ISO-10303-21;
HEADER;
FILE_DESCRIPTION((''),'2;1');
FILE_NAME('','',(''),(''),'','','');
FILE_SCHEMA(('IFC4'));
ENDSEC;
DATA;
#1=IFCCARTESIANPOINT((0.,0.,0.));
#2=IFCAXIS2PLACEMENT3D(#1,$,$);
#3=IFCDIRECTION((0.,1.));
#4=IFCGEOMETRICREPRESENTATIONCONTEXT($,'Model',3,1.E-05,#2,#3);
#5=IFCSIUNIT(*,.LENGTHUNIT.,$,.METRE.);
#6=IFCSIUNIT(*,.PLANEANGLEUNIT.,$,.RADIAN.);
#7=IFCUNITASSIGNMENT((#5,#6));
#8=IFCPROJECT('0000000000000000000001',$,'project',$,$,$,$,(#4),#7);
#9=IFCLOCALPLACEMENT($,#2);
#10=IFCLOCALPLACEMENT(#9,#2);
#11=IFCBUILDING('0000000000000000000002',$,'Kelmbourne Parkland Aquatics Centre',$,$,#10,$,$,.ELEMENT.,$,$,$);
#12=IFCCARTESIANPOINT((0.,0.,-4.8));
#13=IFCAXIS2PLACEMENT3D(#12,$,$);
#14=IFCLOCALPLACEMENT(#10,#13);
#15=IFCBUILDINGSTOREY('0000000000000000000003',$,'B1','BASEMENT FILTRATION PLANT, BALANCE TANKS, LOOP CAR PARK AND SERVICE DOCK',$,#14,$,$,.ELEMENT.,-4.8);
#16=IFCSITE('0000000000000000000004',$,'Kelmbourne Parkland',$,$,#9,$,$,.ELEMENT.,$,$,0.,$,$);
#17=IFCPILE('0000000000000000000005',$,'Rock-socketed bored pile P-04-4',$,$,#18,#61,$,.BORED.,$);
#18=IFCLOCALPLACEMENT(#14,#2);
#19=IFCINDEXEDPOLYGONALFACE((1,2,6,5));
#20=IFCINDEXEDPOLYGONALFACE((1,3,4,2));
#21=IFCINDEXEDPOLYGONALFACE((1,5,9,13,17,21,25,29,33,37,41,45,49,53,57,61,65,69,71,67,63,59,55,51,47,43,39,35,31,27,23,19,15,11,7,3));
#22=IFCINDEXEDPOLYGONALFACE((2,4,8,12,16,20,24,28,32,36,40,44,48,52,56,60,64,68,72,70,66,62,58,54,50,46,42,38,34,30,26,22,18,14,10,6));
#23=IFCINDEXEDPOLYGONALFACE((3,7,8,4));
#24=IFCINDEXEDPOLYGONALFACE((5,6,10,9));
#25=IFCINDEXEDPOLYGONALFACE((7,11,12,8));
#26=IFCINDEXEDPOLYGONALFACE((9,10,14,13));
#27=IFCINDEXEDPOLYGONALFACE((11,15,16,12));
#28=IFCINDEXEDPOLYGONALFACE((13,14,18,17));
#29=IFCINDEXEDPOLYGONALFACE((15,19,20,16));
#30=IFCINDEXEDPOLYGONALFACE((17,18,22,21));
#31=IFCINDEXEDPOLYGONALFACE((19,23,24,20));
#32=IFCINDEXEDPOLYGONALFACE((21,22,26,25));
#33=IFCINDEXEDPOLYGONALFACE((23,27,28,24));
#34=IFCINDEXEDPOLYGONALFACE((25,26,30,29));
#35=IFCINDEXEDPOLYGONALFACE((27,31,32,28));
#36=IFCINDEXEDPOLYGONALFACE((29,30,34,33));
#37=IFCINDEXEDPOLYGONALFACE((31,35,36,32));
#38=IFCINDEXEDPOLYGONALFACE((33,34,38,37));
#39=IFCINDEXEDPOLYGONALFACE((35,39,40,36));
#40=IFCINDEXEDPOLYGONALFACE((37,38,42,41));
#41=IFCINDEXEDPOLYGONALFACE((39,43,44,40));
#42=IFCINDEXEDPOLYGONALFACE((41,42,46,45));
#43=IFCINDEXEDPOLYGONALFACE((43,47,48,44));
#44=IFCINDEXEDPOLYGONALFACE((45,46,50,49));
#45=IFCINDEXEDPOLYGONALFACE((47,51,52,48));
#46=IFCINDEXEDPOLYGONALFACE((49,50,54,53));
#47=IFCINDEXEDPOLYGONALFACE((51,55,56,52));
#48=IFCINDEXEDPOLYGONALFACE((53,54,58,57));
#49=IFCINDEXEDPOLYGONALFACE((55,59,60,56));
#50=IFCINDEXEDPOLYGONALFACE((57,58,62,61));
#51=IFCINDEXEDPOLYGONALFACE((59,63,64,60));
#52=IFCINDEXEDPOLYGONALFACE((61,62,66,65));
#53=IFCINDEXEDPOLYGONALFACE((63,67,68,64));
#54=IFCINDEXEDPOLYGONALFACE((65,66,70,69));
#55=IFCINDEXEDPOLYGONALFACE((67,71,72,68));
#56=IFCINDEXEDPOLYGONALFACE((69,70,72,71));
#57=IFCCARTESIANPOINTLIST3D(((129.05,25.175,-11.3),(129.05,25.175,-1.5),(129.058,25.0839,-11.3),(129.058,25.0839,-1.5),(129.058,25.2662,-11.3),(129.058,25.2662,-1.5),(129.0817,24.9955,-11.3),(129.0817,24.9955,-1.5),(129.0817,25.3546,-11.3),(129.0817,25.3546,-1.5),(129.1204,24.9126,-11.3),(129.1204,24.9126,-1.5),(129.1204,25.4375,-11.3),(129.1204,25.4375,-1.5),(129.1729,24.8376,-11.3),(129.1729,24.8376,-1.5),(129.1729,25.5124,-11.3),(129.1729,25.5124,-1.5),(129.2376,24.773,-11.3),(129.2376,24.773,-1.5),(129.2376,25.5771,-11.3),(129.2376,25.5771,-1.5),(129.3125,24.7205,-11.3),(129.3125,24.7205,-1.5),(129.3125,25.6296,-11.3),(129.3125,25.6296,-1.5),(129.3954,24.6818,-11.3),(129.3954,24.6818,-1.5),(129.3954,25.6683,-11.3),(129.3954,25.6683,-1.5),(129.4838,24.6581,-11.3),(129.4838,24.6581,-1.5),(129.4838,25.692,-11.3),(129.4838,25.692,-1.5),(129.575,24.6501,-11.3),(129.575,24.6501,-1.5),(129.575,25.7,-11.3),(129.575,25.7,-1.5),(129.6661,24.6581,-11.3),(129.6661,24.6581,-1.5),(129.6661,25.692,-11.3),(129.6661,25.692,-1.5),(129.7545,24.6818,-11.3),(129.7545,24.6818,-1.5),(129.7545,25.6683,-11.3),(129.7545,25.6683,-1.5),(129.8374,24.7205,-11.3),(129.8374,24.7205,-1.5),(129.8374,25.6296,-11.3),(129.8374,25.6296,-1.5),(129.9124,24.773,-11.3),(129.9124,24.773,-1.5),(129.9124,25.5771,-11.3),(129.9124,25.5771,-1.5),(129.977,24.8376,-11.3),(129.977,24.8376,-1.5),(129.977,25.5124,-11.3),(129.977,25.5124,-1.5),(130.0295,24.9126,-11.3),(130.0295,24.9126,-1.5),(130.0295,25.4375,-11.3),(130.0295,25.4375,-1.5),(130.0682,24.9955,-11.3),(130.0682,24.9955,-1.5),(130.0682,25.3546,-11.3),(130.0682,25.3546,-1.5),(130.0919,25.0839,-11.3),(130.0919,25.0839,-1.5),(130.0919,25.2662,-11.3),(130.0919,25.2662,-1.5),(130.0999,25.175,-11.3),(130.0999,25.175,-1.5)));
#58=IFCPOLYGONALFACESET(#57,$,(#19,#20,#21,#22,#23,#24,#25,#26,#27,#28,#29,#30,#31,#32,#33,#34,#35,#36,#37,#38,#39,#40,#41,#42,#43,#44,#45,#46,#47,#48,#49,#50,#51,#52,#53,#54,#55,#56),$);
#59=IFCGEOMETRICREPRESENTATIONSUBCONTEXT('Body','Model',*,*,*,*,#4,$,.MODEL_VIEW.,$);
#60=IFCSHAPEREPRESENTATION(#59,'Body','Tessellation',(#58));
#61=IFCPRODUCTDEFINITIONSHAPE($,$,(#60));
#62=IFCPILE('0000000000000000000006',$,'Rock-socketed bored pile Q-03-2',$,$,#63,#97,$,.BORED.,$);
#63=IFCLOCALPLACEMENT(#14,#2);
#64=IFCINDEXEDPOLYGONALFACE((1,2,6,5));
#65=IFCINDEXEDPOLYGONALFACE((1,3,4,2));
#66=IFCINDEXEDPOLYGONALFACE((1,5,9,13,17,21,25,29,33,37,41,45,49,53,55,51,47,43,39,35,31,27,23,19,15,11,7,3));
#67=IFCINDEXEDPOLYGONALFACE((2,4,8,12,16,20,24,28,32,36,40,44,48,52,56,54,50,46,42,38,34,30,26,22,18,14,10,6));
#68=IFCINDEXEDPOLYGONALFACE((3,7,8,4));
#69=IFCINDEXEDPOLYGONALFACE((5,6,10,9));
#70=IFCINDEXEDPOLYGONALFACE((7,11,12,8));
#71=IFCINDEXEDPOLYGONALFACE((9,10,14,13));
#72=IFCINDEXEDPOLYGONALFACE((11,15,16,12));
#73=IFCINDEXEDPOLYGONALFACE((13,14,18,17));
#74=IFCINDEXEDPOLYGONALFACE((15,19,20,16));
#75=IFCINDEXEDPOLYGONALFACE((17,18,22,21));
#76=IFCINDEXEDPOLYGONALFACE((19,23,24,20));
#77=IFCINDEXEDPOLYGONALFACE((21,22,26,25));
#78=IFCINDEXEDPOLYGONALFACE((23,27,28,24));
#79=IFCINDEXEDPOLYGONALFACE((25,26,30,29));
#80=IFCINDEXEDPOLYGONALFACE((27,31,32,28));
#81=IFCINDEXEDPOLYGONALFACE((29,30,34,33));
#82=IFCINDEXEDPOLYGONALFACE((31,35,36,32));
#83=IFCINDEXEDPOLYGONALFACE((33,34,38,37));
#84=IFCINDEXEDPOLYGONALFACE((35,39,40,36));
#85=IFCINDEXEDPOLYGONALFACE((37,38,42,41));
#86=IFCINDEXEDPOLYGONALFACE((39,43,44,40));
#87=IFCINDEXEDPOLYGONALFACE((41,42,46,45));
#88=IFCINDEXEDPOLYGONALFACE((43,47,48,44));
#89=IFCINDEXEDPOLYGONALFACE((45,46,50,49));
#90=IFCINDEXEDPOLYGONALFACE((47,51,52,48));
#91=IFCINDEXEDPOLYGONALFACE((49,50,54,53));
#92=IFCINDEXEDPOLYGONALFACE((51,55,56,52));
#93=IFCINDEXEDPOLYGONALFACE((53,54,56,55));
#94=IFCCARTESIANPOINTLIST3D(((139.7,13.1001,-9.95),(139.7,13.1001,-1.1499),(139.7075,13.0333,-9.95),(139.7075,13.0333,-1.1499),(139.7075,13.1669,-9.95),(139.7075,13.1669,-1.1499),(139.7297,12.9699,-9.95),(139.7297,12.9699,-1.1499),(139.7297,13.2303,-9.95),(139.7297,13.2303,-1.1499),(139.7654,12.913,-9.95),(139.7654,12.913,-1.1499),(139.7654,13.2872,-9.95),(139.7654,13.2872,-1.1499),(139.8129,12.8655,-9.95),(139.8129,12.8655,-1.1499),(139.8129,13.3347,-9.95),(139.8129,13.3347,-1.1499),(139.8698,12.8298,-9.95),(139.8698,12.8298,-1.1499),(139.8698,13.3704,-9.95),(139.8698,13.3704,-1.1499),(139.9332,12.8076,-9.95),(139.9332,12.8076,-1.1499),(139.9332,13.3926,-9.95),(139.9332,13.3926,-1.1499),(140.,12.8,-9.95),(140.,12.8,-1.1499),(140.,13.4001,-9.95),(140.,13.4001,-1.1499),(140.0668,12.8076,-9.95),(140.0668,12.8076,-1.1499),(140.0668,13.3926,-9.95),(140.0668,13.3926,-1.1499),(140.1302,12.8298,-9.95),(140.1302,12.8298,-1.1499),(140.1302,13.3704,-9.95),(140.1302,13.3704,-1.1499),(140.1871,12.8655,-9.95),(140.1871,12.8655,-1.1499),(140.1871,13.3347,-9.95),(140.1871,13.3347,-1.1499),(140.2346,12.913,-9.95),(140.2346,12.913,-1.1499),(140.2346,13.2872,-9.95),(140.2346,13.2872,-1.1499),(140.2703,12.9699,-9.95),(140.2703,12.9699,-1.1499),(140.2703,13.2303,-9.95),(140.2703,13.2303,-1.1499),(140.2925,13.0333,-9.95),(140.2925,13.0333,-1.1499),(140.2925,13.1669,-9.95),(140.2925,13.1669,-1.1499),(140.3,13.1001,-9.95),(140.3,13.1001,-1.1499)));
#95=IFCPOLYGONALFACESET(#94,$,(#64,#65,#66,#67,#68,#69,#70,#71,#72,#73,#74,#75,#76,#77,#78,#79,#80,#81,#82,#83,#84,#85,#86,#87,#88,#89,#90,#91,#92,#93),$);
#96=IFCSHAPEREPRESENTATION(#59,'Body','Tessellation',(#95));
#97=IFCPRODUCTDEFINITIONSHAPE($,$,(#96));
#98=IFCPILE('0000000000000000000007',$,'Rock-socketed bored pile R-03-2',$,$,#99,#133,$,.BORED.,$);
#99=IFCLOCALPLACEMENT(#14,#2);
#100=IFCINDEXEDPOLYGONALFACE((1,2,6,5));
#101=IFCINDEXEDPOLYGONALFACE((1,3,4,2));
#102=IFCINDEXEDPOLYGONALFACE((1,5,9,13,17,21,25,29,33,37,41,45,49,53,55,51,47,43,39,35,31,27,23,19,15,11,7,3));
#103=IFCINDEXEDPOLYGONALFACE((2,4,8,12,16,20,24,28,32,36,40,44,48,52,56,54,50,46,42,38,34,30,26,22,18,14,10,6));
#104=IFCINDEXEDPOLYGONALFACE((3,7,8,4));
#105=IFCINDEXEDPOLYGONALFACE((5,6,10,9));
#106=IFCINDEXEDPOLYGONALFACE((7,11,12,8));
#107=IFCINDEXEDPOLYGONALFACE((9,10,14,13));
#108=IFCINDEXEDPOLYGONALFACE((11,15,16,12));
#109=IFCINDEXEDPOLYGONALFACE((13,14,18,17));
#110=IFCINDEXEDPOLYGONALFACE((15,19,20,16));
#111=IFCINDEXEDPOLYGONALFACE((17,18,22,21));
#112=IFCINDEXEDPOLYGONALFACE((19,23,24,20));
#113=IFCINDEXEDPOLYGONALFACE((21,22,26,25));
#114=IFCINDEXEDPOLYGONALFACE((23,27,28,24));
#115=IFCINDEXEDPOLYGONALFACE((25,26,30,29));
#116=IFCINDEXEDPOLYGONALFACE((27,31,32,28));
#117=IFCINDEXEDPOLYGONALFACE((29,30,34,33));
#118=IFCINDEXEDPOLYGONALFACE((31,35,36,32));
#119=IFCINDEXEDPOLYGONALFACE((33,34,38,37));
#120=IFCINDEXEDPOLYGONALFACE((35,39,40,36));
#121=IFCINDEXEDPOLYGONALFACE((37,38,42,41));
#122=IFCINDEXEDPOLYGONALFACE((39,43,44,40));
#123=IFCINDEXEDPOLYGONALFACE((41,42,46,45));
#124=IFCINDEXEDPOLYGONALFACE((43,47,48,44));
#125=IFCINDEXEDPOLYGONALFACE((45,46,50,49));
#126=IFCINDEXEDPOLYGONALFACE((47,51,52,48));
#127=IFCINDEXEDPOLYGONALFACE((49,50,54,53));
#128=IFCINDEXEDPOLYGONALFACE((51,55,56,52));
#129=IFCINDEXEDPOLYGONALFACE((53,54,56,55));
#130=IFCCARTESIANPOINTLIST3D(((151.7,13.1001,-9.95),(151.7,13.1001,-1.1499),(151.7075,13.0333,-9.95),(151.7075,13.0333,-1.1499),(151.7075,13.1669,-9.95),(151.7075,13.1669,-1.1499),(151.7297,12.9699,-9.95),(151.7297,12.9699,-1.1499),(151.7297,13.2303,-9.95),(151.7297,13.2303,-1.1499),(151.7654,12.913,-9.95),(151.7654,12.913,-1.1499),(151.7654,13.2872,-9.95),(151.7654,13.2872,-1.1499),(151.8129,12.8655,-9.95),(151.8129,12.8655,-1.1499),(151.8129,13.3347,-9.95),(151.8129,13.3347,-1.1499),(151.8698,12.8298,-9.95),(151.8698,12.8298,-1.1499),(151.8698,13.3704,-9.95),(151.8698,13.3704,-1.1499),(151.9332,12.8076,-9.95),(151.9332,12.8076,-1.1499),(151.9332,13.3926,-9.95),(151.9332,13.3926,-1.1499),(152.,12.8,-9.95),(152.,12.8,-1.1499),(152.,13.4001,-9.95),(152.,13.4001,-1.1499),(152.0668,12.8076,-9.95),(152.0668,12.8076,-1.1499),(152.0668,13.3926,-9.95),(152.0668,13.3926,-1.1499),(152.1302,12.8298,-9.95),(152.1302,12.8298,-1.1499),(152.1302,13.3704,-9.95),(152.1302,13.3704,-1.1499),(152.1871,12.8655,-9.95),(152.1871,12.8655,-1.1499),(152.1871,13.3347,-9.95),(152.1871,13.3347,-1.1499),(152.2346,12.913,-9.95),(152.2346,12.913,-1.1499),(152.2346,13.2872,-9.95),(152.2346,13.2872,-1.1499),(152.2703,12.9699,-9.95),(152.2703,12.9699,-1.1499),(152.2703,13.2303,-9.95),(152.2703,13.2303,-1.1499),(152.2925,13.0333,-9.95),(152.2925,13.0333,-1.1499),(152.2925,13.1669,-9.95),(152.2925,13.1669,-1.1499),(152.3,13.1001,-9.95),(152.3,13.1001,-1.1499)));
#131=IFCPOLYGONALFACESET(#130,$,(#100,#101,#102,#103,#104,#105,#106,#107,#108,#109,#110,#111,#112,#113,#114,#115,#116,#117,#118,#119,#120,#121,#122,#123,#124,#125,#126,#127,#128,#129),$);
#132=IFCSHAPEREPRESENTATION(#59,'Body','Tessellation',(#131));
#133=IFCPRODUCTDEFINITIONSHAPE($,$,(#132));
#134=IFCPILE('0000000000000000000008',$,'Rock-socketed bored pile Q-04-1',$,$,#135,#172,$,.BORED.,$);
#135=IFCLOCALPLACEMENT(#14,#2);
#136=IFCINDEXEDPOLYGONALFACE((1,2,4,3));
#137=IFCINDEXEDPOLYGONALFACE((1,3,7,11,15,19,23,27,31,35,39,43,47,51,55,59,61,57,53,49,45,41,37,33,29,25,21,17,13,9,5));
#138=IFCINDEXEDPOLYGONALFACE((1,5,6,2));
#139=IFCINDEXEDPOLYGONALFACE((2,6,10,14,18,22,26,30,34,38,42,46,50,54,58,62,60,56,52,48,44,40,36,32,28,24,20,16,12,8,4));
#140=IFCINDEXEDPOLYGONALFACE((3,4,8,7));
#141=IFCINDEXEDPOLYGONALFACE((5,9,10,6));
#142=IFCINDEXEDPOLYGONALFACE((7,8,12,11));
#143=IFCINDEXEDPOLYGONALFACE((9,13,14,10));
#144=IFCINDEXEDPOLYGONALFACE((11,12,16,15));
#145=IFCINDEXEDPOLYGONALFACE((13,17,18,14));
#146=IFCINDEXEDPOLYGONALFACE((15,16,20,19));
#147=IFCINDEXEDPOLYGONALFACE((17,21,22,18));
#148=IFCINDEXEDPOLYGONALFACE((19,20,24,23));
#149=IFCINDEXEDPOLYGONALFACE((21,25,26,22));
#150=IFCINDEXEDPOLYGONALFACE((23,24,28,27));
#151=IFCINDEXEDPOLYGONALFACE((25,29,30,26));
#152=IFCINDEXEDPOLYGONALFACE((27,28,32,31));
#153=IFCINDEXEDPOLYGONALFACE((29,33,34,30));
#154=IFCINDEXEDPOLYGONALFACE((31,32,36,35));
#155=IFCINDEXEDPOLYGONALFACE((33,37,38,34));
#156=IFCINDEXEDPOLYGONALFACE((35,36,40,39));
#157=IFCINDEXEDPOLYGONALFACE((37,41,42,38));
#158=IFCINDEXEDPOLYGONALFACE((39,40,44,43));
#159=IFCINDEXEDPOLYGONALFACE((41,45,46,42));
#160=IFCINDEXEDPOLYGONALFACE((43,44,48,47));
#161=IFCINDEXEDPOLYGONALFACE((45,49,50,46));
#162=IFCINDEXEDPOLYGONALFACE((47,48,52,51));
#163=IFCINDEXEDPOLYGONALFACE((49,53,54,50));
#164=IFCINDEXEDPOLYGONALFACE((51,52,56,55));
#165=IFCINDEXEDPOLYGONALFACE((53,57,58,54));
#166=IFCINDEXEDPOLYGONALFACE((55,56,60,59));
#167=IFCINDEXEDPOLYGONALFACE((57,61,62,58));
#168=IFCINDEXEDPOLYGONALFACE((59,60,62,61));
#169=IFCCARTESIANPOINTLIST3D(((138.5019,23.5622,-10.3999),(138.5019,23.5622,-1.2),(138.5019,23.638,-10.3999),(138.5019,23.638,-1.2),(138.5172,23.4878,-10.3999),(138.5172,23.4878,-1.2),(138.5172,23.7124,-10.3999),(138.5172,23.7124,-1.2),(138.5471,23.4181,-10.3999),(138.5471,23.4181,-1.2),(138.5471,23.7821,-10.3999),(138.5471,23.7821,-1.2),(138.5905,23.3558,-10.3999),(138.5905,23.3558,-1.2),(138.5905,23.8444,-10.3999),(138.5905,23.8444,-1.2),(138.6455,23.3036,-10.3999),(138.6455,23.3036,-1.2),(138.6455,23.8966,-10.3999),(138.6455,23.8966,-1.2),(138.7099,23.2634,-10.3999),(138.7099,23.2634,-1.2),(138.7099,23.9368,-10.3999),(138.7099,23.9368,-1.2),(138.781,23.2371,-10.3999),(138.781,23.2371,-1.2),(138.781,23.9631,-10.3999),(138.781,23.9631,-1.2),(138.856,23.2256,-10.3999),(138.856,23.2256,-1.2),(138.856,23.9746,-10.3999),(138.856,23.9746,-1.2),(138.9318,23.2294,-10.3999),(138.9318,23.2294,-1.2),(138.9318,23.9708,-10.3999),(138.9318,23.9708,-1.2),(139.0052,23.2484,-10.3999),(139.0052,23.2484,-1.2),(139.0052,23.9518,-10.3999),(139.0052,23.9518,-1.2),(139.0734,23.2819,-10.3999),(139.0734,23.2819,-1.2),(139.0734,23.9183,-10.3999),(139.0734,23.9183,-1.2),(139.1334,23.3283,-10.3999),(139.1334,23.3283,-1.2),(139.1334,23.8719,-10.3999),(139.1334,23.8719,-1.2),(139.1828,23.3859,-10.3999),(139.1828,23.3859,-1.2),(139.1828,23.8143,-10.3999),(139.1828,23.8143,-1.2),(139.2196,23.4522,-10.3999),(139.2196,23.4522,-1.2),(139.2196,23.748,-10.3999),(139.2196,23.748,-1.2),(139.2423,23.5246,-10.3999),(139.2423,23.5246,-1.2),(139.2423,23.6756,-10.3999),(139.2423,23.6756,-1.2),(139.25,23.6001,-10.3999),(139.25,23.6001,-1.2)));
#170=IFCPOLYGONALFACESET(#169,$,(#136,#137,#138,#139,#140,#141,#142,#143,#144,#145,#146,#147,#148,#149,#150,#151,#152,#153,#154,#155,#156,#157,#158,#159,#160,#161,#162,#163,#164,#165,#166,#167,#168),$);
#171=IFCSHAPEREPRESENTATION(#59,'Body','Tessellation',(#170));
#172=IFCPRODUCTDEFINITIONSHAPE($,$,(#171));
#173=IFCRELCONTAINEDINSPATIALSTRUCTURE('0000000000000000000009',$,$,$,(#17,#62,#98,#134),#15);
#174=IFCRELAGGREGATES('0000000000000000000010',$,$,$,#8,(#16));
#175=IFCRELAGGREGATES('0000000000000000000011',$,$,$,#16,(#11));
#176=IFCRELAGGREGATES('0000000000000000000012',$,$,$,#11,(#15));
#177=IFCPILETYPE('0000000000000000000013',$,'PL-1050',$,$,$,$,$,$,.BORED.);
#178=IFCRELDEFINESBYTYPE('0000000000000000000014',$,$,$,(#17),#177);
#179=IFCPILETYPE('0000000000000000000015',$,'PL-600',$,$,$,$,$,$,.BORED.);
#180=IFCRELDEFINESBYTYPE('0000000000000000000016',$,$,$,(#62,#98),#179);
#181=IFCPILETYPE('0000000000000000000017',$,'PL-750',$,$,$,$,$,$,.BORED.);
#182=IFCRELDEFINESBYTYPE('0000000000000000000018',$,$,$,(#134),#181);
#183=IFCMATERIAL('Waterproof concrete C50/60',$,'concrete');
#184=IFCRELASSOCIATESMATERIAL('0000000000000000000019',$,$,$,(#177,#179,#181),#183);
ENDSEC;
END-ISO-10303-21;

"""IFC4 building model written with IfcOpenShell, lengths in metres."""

from ifc_helpers import new_model, si_unit, direction, frame, origin, origin_2d, place, context, subcontext, project, spatial, circle, extrude, material, material_profile, profile_set, type_object, element, save


model = new_model("IFC4")

# Units and contexts
model_context = context("Model", 3, precision=1e-05, world=origin(), true_north=direction((0.0, 1.0)))
body_context = subcontext(model_context, "Body", "Model", "MODEL_VIEW")
ifc_project = project(units=[si_unit("LENGTHUNIT", "METRE"), si_unit("PLANEANGLEUNIT", "RADIAN")], contexts=[model_context])

# Site, building, storey
site_placement = place(None, origin())
site = spatial("IfcSite", under=ifc_project, at=site_placement, Name="Kelmbourne Parkland", CompositionType="ELEMENT", RefElevation=0.0)
building_placement = place(site_placement, origin())
building = spatial("IfcBuilding", under=site, at=building_placement, Name="Kelmbourne Parkland Aquatics Centre", CompositionType="ELEMENT")
storey_placement = place(building_placement, frame((0.0, 0.0, -4.8)))
storey = spatial("IfcBuildingStorey", under=building, at=storey_placement, Name="B1", Description="BASEMENT FILTRATION PLANT, BALANCE TANKS, LOOP CAR PARK AND SERVICE DOCK", CompositionType="ELEMENT", Elevation=-4.8)

# Shared definitions
ifc_material_1 = material(Name="Waterproof concrete C50/60", Category="concrete")

# Piles
ifc_material_profile_1 = material_profile(ifc_material_1, circle(Radius=0.5249, at=origin_2d()), Name="PILE D1050")
ifc_profile_set_1 = profile_set([ifc_material_profile_1], Name="Waterproof concrete C50/60")
pile_type_1 = type_object("IfcPileType", Name="PL-1050", PredefinedType="BORED", material=ifc_profile_set_1)
for number, where, z_axis, x_axis, name in (
    (1, (129.575, 25.175, -1.5), (0.0, 0.0, -1.0), (1.0, 0.0, 0.0), "Rock-socketed bored pile P-04-4"),
):
    element("IfcPile", number, at=place(storey_placement, frame(where, z_axis=z_axis, x_axis=x_axis)), inside=storey, type_object=pile_type_1, Name=name, PredefinedType="BORED", context=body_context, shape_type="SweptSolid", body=[
        extrude(circle(Radius=0.5249, at=origin_2d()), origin(), (0.0, 0.0, 1.0), 9.8),
    ])
ifc_material_profile_2 = material_profile(ifc_material_1, circle(Radius=0.3, at=origin_2d()), Name="PILE D600")
ifc_profile_set_2 = profile_set([ifc_material_profile_2], Name="Waterproof concrete C50/60")
pile_type_2 = type_object("IfcPileType", Name="PL-600", PredefinedType="BORED", material=ifc_profile_set_2)
for number, where, z_axis, x_axis, name in (
    (2, (140.0, 13.1001, -1.1499), (0.0, 0.0, -1.0), (1.0, 0.0, 0.0), "Rock-socketed bored pile Q-03-2"),
    (3, (152.0, 13.1001, -1.1499), (0.0, 0.0, -1.0), (1.0, 0.0, 0.0), "Rock-socketed bored pile R-03-2"),
):
    element("IfcPile", number, at=place(storey_placement, frame(where, z_axis=z_axis, x_axis=x_axis)), inside=storey, type_object=pile_type_2, Name=name, PredefinedType="BORED", context=body_context, shape_type="SweptSolid", body=[
        extrude(circle(Radius=0.3, at=origin_2d()), origin(), (0.0, 0.0, 1.0), 8.8),
    ])
ifc_material_profile_3 = material_profile(ifc_material_1, circle(Radius=0.375, at=origin_2d()), Name="PILE D750")
ifc_profile_set_3 = profile_set([ifc_material_profile_3], Name="Waterproof concrete C50/60")
pile_type_3 = type_object("IfcPileType", Name="PL-750", PredefinedType="BORED", material=ifc_profile_set_3)
for number, where, z_axis, x_axis, name in (
    (4, (138.875, 23.6001, -1.2), (0.0, 0.0, -1.0), (1.0, 0.0, 0.0), "Rock-socketed bored pile Q-04-1"),
):
    element("IfcPile", number, at=place(storey_placement, frame(where, z_axis=z_axis, x_axis=x_axis)), inside=storey, type_object=pile_type_3, Name=name, PredefinedType="BORED", context=body_context, shape_type="SweptSolid", body=[
        extrude(circle(Radius=0.375, at=origin_2d()), origin(), (0.0, 0.0, 1.0), 9.2),
    ])

save(model, "model.ifc")
